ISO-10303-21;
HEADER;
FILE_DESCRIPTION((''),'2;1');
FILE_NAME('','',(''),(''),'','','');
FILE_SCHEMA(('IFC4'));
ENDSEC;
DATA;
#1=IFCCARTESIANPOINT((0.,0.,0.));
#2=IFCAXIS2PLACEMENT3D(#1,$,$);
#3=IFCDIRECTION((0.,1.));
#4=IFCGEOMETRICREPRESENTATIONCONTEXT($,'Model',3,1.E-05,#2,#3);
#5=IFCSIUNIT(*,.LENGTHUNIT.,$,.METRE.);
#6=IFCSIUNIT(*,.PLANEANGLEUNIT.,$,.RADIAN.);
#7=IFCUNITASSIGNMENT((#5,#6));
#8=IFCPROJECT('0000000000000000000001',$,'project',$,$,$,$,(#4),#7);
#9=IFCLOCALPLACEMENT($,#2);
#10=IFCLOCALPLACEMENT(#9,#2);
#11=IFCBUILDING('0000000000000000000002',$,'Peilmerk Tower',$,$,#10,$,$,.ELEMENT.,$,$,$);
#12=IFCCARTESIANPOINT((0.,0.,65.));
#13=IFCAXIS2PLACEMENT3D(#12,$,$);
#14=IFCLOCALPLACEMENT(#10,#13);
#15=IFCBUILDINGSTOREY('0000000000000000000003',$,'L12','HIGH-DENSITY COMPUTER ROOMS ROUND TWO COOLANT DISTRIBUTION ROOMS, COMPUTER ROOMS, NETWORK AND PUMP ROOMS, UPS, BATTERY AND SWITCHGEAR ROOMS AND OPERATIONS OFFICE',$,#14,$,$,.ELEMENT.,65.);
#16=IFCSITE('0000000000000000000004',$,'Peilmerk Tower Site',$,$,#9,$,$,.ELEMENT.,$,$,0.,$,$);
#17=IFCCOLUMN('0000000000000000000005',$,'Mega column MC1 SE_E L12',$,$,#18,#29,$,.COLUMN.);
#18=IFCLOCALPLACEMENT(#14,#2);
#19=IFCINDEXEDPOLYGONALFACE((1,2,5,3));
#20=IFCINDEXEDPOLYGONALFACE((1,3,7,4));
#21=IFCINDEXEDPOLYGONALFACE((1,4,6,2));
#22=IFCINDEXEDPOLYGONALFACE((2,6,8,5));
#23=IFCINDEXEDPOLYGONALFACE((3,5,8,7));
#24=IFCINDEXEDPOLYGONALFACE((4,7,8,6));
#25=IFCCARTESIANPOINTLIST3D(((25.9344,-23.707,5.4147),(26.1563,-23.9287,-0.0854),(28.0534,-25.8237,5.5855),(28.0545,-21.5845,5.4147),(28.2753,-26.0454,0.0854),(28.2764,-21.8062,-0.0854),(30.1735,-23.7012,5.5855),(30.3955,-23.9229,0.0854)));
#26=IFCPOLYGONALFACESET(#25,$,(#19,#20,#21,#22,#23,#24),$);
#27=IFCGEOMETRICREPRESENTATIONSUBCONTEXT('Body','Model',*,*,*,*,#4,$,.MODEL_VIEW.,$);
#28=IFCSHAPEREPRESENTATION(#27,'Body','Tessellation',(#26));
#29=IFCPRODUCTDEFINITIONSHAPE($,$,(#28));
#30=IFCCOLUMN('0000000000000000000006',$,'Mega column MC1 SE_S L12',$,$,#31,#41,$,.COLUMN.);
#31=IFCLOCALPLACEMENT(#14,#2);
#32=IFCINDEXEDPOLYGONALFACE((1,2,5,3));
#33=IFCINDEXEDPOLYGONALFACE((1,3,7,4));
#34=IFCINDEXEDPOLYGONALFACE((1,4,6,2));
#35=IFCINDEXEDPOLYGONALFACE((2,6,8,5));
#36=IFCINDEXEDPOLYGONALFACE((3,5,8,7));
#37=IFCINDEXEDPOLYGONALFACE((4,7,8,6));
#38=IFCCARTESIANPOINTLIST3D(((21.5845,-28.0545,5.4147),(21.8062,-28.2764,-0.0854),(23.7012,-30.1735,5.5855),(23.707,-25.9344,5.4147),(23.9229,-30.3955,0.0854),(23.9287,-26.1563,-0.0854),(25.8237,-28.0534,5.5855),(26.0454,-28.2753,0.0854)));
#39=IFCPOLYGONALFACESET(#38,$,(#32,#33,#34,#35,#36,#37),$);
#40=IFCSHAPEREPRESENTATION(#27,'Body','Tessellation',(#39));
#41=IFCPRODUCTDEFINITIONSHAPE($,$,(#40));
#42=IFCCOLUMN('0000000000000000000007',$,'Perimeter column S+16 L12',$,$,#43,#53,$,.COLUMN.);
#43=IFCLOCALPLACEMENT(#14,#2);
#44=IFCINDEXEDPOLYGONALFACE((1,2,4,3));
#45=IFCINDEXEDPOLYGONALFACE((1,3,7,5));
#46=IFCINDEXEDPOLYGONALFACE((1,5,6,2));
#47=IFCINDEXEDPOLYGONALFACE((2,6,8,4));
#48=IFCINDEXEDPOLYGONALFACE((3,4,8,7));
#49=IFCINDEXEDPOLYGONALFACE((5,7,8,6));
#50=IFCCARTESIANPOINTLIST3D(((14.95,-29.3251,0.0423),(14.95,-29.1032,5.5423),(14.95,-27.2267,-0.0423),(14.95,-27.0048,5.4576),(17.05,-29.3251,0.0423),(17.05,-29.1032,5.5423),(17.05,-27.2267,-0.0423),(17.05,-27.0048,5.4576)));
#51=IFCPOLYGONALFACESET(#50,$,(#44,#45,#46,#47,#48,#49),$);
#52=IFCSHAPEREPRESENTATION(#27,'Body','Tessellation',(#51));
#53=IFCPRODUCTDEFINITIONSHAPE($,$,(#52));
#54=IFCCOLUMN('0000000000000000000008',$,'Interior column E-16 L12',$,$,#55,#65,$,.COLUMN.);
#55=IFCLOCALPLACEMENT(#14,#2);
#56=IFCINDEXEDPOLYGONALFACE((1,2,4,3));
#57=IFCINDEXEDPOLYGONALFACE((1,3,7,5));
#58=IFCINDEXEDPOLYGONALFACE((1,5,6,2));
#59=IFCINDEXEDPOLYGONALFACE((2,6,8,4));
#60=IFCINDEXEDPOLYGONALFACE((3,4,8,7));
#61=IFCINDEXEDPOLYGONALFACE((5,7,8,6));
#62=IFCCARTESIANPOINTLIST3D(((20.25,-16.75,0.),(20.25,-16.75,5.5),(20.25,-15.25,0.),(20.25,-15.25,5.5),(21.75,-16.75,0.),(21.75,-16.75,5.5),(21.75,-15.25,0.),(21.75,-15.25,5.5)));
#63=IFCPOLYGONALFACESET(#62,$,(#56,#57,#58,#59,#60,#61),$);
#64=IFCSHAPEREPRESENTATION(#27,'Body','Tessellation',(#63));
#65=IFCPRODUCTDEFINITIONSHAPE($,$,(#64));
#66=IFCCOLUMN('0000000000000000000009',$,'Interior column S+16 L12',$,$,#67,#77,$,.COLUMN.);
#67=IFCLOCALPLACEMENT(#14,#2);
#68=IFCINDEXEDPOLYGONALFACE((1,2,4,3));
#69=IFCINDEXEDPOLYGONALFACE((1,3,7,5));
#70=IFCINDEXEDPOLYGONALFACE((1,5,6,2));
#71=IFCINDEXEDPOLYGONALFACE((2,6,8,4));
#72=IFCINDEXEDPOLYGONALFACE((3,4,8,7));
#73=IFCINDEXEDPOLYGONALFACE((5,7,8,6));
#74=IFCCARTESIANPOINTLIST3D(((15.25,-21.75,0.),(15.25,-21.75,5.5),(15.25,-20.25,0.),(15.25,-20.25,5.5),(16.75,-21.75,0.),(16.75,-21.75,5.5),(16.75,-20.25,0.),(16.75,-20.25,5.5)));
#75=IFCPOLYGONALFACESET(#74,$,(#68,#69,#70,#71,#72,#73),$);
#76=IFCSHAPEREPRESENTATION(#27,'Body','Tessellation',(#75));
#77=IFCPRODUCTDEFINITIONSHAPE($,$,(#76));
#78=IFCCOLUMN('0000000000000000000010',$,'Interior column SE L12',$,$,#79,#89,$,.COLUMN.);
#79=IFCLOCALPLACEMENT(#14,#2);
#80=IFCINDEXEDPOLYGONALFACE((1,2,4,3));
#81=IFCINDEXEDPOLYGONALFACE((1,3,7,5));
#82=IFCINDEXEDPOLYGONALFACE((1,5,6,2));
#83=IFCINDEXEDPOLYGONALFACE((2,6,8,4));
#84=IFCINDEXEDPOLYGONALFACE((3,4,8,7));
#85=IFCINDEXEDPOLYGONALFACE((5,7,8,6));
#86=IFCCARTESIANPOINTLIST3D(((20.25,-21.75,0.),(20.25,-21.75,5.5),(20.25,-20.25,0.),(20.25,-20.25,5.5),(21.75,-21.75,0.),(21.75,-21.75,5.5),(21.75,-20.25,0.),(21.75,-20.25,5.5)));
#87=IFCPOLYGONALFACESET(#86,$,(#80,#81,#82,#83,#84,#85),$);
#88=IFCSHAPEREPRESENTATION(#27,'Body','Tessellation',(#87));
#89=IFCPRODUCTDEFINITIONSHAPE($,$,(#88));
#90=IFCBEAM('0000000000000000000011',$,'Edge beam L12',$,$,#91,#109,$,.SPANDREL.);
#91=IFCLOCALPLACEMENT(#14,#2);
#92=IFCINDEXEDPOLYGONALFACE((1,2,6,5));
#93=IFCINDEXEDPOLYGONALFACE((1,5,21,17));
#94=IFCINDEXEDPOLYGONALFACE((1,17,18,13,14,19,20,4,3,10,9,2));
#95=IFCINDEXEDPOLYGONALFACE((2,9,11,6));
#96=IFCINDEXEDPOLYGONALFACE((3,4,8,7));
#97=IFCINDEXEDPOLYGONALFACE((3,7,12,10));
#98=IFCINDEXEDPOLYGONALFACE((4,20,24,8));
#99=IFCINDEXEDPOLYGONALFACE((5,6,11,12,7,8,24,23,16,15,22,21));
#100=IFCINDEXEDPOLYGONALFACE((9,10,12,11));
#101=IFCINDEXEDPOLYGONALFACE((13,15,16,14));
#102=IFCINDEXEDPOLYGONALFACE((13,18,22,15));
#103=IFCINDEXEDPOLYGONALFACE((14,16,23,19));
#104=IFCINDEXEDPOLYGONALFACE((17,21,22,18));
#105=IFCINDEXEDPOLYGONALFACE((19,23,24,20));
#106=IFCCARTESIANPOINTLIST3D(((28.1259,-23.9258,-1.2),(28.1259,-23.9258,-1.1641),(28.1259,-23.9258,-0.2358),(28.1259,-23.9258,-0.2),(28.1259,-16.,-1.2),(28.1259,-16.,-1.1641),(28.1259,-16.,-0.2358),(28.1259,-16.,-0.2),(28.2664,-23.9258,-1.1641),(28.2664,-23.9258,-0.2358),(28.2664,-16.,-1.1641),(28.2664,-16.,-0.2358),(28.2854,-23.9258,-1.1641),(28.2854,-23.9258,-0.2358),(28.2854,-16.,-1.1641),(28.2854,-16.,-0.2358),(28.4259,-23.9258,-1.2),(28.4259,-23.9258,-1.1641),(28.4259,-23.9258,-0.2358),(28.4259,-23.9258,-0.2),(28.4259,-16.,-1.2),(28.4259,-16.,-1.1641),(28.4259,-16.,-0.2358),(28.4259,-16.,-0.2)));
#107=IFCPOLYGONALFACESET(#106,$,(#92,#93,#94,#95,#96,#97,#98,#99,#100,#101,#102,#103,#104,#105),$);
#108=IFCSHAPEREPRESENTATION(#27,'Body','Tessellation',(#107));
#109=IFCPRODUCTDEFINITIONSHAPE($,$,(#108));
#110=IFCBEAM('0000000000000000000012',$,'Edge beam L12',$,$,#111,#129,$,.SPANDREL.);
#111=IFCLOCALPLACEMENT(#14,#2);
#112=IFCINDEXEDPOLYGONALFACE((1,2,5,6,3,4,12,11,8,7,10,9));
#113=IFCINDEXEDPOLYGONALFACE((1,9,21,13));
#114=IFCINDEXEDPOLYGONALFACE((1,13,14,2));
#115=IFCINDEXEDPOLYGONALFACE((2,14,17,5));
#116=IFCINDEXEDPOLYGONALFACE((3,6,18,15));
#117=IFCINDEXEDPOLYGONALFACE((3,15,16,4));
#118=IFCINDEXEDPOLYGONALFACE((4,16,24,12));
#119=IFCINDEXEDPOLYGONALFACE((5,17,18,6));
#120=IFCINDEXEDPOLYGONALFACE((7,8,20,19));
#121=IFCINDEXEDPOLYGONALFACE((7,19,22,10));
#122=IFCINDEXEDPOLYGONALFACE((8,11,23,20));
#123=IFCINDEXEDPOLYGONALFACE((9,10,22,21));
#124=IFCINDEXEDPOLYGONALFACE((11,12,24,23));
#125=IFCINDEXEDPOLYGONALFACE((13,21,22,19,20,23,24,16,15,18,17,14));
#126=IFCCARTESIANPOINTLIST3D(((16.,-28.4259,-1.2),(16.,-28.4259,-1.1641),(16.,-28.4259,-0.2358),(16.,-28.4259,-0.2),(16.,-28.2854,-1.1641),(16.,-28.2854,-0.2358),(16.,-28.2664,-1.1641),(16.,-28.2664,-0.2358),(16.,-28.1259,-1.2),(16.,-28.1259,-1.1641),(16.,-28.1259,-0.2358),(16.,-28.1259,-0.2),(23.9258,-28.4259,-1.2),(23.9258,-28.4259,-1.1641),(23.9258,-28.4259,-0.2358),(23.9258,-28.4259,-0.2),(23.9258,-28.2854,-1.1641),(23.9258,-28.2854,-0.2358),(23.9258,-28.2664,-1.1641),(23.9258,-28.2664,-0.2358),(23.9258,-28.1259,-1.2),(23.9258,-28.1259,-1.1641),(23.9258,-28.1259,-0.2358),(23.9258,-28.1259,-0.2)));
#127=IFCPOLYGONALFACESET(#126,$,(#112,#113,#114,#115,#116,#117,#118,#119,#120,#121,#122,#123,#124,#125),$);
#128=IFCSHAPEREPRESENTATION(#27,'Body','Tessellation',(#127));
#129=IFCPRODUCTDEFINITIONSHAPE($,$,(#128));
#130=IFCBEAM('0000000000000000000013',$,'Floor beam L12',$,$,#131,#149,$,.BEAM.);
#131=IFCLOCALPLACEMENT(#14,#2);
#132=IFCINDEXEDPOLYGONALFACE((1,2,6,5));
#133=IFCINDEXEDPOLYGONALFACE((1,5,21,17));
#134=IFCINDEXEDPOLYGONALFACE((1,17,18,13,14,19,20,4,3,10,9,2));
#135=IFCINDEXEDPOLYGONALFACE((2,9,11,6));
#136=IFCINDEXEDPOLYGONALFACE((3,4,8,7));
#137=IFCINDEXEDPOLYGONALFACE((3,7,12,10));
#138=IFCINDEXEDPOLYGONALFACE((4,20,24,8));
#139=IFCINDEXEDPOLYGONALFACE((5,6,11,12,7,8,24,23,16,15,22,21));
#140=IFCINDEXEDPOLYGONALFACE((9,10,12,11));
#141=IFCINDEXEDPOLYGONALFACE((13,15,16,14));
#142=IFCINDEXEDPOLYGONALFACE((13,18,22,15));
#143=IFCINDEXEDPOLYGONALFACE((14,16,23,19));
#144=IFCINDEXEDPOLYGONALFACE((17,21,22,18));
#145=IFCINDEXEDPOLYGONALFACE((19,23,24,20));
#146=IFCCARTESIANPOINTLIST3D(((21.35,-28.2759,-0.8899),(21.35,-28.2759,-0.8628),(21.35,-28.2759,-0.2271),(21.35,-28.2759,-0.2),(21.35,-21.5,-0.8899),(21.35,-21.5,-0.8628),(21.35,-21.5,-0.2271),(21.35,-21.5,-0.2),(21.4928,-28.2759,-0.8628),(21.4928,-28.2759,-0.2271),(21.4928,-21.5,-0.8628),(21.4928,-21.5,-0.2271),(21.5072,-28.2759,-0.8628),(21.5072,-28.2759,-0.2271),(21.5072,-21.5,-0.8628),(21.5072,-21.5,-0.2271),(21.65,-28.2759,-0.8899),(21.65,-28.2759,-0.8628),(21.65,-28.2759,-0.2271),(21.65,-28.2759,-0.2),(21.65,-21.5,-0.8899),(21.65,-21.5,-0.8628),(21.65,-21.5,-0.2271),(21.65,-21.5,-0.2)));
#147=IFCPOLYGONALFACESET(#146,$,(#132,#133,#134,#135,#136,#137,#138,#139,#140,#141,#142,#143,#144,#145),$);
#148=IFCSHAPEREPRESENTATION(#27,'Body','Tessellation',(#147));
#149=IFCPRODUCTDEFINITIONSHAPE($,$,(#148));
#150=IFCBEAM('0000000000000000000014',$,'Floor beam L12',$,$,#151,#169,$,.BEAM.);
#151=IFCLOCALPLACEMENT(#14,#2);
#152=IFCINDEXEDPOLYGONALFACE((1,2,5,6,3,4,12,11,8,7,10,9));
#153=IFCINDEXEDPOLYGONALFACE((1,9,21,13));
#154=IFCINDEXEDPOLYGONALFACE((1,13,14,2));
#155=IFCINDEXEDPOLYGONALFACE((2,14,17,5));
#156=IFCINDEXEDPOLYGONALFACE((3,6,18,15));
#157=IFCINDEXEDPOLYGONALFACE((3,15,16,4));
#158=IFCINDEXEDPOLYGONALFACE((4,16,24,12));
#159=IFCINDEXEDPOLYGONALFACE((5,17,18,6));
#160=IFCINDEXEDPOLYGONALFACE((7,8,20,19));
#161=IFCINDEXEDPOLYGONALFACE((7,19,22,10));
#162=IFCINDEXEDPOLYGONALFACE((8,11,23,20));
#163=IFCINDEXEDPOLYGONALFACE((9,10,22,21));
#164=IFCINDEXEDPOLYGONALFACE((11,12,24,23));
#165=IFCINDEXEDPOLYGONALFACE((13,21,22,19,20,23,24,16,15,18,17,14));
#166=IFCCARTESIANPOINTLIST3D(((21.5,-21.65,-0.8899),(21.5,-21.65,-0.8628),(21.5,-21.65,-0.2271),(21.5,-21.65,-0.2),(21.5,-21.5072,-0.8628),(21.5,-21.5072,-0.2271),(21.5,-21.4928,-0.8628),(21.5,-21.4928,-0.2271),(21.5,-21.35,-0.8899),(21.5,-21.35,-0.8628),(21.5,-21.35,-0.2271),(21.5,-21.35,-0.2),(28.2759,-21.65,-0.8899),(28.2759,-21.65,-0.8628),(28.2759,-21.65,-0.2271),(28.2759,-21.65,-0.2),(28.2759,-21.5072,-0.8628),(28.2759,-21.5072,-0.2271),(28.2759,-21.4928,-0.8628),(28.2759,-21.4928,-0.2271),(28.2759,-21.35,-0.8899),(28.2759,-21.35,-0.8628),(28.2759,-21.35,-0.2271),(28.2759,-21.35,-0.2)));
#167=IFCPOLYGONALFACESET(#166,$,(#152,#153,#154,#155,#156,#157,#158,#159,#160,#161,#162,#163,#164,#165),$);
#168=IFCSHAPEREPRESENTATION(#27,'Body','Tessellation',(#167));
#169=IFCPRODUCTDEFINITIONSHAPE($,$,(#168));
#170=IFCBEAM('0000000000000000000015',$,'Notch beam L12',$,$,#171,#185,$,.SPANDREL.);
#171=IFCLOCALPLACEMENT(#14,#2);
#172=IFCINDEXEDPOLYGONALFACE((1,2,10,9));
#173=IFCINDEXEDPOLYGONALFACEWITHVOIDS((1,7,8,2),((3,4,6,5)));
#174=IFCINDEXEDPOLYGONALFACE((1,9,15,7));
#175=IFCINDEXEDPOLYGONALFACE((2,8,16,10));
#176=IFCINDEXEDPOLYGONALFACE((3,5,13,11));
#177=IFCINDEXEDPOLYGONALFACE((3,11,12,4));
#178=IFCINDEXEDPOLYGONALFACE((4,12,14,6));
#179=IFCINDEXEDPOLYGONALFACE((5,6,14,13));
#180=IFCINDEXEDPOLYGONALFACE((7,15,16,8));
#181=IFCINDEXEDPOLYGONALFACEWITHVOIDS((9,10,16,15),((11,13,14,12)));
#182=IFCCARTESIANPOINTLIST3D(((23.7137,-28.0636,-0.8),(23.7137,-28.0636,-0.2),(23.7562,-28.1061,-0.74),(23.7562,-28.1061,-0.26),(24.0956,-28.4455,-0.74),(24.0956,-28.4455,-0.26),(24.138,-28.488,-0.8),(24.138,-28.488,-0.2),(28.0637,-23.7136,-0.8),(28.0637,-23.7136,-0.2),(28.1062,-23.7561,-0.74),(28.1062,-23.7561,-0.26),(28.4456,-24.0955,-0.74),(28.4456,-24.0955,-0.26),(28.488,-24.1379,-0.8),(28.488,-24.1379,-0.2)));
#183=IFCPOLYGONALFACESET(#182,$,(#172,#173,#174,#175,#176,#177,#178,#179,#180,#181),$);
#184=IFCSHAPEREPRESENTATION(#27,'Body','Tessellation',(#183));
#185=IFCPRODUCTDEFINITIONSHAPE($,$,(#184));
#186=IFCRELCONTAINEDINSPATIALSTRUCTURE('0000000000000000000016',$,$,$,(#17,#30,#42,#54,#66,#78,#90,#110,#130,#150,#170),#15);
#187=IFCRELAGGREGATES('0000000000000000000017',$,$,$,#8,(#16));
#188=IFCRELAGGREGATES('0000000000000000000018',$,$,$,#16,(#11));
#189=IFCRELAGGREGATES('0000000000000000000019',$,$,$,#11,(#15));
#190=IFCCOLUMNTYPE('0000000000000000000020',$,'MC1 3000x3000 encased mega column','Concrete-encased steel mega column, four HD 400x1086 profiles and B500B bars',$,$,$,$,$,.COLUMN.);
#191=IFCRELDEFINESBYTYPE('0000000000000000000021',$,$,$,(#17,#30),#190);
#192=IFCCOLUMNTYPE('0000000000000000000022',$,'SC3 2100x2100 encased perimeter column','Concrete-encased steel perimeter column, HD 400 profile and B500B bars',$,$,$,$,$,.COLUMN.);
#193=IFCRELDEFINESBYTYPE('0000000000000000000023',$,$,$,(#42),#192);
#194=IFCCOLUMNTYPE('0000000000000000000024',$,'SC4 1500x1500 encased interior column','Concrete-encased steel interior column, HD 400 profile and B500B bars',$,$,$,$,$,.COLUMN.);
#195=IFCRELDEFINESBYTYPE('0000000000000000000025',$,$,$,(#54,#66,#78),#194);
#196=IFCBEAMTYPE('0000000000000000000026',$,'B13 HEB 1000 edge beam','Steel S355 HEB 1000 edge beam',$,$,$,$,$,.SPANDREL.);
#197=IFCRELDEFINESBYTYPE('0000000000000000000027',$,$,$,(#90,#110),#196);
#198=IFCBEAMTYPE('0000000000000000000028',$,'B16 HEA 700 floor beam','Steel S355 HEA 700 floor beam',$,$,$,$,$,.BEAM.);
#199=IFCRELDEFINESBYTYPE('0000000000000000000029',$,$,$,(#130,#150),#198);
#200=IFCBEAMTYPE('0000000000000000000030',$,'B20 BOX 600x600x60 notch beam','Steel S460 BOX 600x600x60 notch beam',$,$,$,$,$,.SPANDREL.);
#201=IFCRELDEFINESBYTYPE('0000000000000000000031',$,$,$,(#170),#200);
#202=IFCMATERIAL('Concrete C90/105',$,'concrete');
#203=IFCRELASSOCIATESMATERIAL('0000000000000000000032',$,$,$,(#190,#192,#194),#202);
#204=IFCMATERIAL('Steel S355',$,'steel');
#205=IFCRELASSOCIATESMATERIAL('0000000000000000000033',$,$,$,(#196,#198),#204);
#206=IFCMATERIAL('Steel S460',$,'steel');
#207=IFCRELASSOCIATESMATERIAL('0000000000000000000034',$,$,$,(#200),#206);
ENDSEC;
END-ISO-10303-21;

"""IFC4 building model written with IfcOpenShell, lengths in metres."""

from ifc_helpers import new_model, si_unit, direction, frame, origin, origin_2d, place, context, subcontext, project, spatial, rectangle, hollow_rectangle, i_section, extrude, material, material_profile, profile_set, type_object, element, save


model = new_model("IFC4")

# Units and contexts
model_context = context("Model", 3, precision=1e-05, world=origin(), true_north=direction((0.0, 1.0)))
body_context = subcontext(model_context, "Body", "Model", "MODEL_VIEW")
ifc_project = project(units=[si_unit("LENGTHUNIT", "METRE"), si_unit("PLANEANGLEUNIT", "RADIAN")], contexts=[model_context])

# Site, building, storey
site_placement = place(None, origin())
site = spatial("IfcSite", under=ifc_project, at=site_placement, Name="Peilmerk Tower Site", CompositionType="ELEMENT", RefElevation=0.0)
building_placement = place(site_placement, origin())
building = spatial("IfcBuilding", under=site, at=building_placement, Name="Peilmerk Tower", CompositionType="ELEMENT")
storey_placement = place(building_placement, frame((0.0, 0.0, 65.0)))
storey = spatial("IfcBuildingStorey", under=building, at=storey_placement, Name="L12", Description="HIGH-DENSITY COMPUTER ROOMS ROUND TWO COOLANT DISTRIBUTION ROOMS, COMPUTER ROOMS, NETWORK AND PUMP ROOMS, UPS, BATTERY AND SWITCHGEAR ROOMS AND OPERATIONS OFFICE", CompositionType="ELEMENT", Elevation=65.0)

# Columns
ifc_material_1 = material(Name="Concrete C90/105", Category="concrete")
ifc_material_profile_1 = material_profile(ifc_material_1, rectangle(XDim=3.0, YDim=3.0, at=origin_2d()), Name="RC 3000x3000")
ifc_profile_set_1 = profile_set([ifc_material_profile_1], Name="Concrete C90/105")
column_type_1 = type_object("IfcColumnType", Name="MC1 3000x3000 encased mega column", Description="Concrete-encased steel mega column, four HD 400x1086 profiles and B500B bars", PredefinedType="COLUMN", material=ifc_profile_set_1)
for number, where, z_axis, x_axis, name in (
    (1, (28.2759, -23.9258, 0.0), (-0.040284, 0.04024, 0.998378), (-0.706718, -0.707496, 0.0), "Mega column MC1 SE_E L12"),
    (2, (23.9258, -28.2759, 0.0), (-0.04024, 0.040284, 0.998378), (-0.707496, -0.706718, 0.0), "Mega column MC1 SE_S L12"),
):
    element("IfcColumn", number, at=place(storey_placement, frame(where, z_axis=z_axis, x_axis=x_axis)), inside=storey, type_object=column_type_1, Name=name, PredefinedType="COLUMN", context=body_context, shape_type="SweptSolid", body=[
        extrude(rectangle(XDim=3.0, YDim=3.0, at=origin_2d()), origin(), (0.0, 0.0, 1.0), 5.509),
    ])
ifc_material_profile_2 = material_profile(ifc_material_1, rectangle(XDim=2.1001, YDim=2.1001, at=origin_2d()), Name="RC 2100x2100")
ifc_profile_set_2 = profile_set([ifc_material_profile_2], Name="Concrete C90/105")
column_type_2 = type_object("IfcColumnType", Name="SC3 2100x2100 encased perimeter column", Description="Concrete-encased steel perimeter column, HD 400 profile and B500B bars", PredefinedType="COLUMN", material=ifc_profile_set_2)
column_placement = place(storey_placement, frame((16.0, -28.2759, 0.0), z_axis=(0.0, 0.040317, 0.999187), x_axis=(-1.0, 0.0, 0.0)))
element("IfcColumn", 3, at=column_placement, inside=storey, type_object=column_type_2, Name="Perimeter column S+16 L12", PredefinedType="COLUMN", context=body_context, shape_type="SweptSolid", body=[
    extrude(rectangle(XDim=2.1001, YDim=2.1001, at=origin_2d()), origin(), (0.0, 0.0, 1.0), 5.5044),
])
ifc_material_profile_3 = material_profile(ifc_material_1, rectangle(XDim=1.5, YDim=1.5, at=origin_2d()), Name="RC 1500x1500")
ifc_profile_set_3 = profile_set([ifc_material_profile_3], Name="Concrete C90/105")
column_type_3 = type_object("IfcColumnType", Name="SC4 1500x1500 encased interior column", Description="Concrete-encased steel interior column, HD 400 profile and B500B bars", PredefinedType="COLUMN", material=ifc_profile_set_3)
for number, where, z_axis, x_axis, name in (
    (4, (21.0, -16.0, 0.0), (0.0, 0.0, 1.0), (1.0, 0.0, 0.0), "Interior column E-16 L12"),
    (5, (16.0, -21.0, 0.0), (0.0, 0.0, 1.0), (1.0, 0.0, 0.0), "Interior column S+16 L12"),
    (6, (21.0, -21.0, 0.0), (0.0, 0.0, 1.0), (1.0, 0.0, 0.0), "Interior column SE L12"),
):
    element("IfcColumn", number, at=place(storey_placement, frame(where, z_axis=z_axis, x_axis=x_axis)), inside=storey, type_object=column_type_3, Name=name, PredefinedType="COLUMN", context=body_context, shape_type="SweptSolid", body=[
        extrude(rectangle(XDim=1.5, YDim=1.5, at=origin_2d()), origin(), (0.0, 0.0, 1.0), 5.5),
    ])

# Beams
ifc_material_2 = material(Name="Steel S355", Category="steel")
ifc_material_profile_4 = material_profile(ifc_material_2, i_section(OverallWidth=0.3, OverallDepth=1.0, WebThickness=0.019, FlangeThickness=0.0359, at=origin_2d()), Name="HEB 1000")
ifc_profile_set_4 = profile_set([ifc_material_profile_4], Name="Steel S355")
beam_type_1 = type_object("IfcBeamType", Name="B13 HEB 1000 edge beam", Description="Steel S355 HEB 1000 edge beam", PredefinedType="SPANDREL", material=ifc_profile_set_4)
for number, where, z_axis, x_axis, name in (
    (7, (28.2759, -23.9258, -0.7), (0.0, 1.0, 0.0), (-1.0, 0.0, 0.0), "Edge beam L12"),
    (8, (16.0, -28.2759, -0.7), (1.0, 0.0, 0.0), (0.0, 1.0, 0.0), "Edge beam L12"),
):
    element("IfcBeam", number, at=place(storey_placement, frame(where, z_axis=z_axis, x_axis=x_axis)), inside=storey, type_object=beam_type_1, Name=name, PredefinedType="SPANDREL", context=body_context, shape_type="SweptSolid", body=[
        extrude(i_section(OverallWidth=0.3, OverallDepth=1.0, WebThickness=0.019, FlangeThickness=0.0359, at=origin_2d()), origin(), (0.0, 0.0, 1.0), 7.9258),
    ])
ifc_material_profile_5 = material_profile(ifc_material_2, i_section(OverallWidth=0.3, OverallDepth=0.6899, WebThickness=0.0144, FlangeThickness=0.0271, at=origin_2d()), Name="HEA 700")
ifc_profile_set_5 = profile_set([ifc_material_profile_5], Name="Steel S355")
beam_type_2 = type_object("IfcBeamType", Name="B16 HEA 700 floor beam", Description="Steel S355 HEA 700 floor beam", PredefinedType="BEAM", material=ifc_profile_set_5)
for number, where, z_axis, x_axis, name in (
    (9, (21.5, -21.5, -0.5449), (0.0, -1.0, 0.0), (1.0, 0.0, 0.0), "Floor beam L12"),
    (10, (21.5, -21.5, -0.5449), (1.0, 0.0, 0.0), (0.0, 1.0, 0.0), "Floor beam L12"),
):
    element("IfcBeam", number, at=place(storey_placement, frame(where, z_axis=z_axis, x_axis=x_axis)), inside=storey, type_object=beam_type_2, Name=name, PredefinedType="BEAM", context=body_context, shape_type="SweptSolid", body=[
        extrude(i_section(OverallWidth=0.3, OverallDepth=0.6899, WebThickness=0.0144, FlangeThickness=0.0271, at=origin_2d()), origin(), (0.0, 0.0, 1.0), 6.7759),
    ])
ifc_material_3 = material(Name="Steel S460", Category="steel")
ifc_material_profile_6 = material_profile(ifc_material_3, hollow_rectangle(XDim=0.6001, YDim=0.6001, WallThickness=0.0601, at=origin_2d()), Name="BOX 600x600x60")
ifc_profile_set_6 = profile_set([ifc_material_profile_6], Name="Steel S460")
beam_type_3 = type_object("IfcBeamType", Name="B20 BOX 600x600x60 notch beam", Description="Steel S460 BOX 600x600x60 notch beam", PredefinedType="SPANDREL", material=ifc_profile_set_6)
beam_1_placement = place(storey_placement, frame((28.2759, -23.9258, -0.5), z_axis=(-0.707107, -0.707107, 0.0), x_axis=(0.707107, -0.707107, 0.0)))
element("IfcBeam", 11, at=beam_1_placement, inside=storey, type_object=beam_type_3, Name="Notch beam L12", PredefinedType="SPANDREL", context=body_context, shape_type="SweptSolid", body=[
    extrude(hollow_rectangle(XDim=0.6001, YDim=0.6001, WallThickness=0.0601, at=origin_2d()), origin(), (0.0, 0.0, 1.0), 6.1519),
])

save(model, "model.ifc")
